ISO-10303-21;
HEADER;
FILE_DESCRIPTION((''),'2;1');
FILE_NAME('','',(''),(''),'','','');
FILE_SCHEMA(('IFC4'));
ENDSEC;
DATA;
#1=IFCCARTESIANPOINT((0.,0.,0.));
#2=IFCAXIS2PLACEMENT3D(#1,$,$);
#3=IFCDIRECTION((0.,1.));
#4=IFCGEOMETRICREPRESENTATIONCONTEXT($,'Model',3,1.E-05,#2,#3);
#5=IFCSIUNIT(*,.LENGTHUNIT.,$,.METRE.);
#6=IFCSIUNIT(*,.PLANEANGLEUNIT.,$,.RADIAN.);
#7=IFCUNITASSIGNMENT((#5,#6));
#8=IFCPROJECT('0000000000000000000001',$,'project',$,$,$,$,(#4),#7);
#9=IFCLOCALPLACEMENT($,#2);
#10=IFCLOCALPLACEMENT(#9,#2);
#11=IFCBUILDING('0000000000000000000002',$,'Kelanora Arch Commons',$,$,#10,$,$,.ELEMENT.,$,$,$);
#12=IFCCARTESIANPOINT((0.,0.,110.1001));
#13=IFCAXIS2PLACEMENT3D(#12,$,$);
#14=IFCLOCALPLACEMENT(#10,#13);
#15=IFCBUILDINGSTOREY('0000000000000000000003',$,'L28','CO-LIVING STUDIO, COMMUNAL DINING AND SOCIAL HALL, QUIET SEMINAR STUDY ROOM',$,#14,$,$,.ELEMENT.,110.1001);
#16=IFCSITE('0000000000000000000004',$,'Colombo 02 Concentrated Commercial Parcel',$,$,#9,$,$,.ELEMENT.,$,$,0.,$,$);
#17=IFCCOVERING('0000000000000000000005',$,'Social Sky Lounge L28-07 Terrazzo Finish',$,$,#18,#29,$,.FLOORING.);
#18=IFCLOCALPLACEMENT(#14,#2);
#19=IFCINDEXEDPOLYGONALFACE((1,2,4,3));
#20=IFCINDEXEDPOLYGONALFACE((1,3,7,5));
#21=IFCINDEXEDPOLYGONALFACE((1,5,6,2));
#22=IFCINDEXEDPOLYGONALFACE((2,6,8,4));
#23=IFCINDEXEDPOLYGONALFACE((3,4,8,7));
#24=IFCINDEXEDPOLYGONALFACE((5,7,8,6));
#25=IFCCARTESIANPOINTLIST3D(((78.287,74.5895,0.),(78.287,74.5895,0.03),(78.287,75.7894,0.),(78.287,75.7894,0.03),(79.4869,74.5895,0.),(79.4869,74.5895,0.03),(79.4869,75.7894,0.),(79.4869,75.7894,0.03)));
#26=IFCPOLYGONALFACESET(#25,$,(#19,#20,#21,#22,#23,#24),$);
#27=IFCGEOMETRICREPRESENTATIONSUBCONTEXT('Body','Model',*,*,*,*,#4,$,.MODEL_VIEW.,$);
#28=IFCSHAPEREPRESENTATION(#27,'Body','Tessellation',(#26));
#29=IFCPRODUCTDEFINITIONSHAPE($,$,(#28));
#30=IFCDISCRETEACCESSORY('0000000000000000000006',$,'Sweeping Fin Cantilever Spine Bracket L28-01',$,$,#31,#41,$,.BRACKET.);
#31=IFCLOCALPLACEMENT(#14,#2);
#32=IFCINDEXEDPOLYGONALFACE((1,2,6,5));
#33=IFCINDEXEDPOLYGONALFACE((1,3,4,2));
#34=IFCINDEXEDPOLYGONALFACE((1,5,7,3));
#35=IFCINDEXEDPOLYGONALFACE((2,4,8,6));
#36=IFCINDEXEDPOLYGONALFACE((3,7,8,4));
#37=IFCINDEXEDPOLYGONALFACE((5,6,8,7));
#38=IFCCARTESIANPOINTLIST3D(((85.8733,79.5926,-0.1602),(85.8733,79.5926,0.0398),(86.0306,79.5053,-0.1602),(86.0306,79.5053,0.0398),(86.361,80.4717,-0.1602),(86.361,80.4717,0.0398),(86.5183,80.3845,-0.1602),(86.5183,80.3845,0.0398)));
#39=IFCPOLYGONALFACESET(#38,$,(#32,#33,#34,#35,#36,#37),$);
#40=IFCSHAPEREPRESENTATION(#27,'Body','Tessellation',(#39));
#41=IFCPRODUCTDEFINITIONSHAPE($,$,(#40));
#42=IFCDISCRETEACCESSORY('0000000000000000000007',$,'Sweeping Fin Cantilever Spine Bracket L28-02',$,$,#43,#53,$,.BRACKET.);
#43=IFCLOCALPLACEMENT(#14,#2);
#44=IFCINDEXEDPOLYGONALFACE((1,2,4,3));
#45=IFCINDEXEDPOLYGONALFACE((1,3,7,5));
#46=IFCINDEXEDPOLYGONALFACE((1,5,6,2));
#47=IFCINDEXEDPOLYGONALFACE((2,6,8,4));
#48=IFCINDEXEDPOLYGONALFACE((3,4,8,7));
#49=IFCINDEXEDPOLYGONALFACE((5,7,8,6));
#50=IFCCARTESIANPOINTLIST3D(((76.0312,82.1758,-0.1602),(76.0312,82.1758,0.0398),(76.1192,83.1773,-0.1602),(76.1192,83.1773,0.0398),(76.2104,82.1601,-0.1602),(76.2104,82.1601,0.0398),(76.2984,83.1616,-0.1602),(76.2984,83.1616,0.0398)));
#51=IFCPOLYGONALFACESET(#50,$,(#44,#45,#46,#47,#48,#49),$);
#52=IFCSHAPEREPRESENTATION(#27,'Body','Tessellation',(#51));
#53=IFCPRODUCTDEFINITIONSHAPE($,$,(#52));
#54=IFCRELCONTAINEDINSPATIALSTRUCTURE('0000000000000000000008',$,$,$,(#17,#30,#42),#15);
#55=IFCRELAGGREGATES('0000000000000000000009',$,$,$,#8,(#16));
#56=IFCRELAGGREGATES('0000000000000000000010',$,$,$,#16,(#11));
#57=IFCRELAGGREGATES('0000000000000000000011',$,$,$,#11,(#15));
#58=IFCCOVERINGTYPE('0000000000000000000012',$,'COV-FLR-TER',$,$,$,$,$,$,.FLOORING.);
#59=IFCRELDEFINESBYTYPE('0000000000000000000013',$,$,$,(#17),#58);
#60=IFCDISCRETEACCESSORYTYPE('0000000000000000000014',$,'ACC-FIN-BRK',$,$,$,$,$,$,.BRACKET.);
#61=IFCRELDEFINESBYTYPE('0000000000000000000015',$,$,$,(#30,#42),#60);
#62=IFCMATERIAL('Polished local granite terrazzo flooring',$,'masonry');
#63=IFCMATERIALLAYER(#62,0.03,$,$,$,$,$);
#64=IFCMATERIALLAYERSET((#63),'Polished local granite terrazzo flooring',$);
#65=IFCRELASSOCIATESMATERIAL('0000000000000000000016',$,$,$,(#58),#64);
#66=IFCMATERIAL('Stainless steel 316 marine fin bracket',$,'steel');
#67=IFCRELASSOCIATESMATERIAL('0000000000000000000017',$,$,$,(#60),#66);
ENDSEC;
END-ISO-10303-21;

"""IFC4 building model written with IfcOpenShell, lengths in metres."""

from ifc_helpers import new_model, si_unit, direction, frame, origin, origin_2d, place, context, subcontext, project, spatial, rectangle, extrude, source, transform, mapped, material, layer, layer_set, type_object, element, save


model = new_model("IFC4")

# Units and contexts
model_context = context("Model", 3, precision=1e-05, world=origin(), true_north=direction((0.0, 1.0)))
body_context = subcontext(model_context, "Body", "Model", "MODEL_VIEW")
ifc_project = project(units=[si_unit("LENGTHUNIT", "METRE"), si_unit("PLANEANGLEUNIT", "RADIAN")], contexts=[model_context])

# Site, building, storey
site_placement = place(None, origin())
site = spatial("IfcSite", under=ifc_project, at=site_placement, Name="Colombo 02 Concentrated Commercial Parcel", CompositionType="ELEMENT", RefElevation=0.0)
building_placement = place(site_placement, origin())
building = spatial("IfcBuilding", under=site, at=building_placement, Name="Kelanora Arch Commons", CompositionType="ELEMENT")
storey_placement = place(building_placement, frame((0.0, 0.0, 110.1001)))
storey = spatial("IfcBuildingStorey", under=building, at=storey_placement, Name="L28", Description="CO-LIVING STUDIO, COMMUNAL DINING AND SOCIAL HALL, QUIET SEMINAR STUDY ROOM", CompositionType="ELEMENT", Elevation=110.1001)

# Covering
ifc_material_1 = material(Name="Polished local granite terrazzo flooring", Category="masonry")
ifc_layer_1 = layer(ifc_material_1, 0.03)
ifc_layer_set_1 = layer_set([ifc_layer_1], Name="Polished local granite terrazzo flooring")
covering_type = type_object("IfcCoveringType", Name="COV-FLR-TER", PredefinedType="FLOORING", material=ifc_layer_set_1)
shared_shape_1 = source(origin(), body_context, "Body", "SweptSolid", [
    extrude(rectangle(XDim=1.2, YDim=1.2, at=origin_2d()), origin(), (0.0, 0.0, 1.0), 0.03),
])
for number, where, z_axis, x_axis, name in (
    (1, (78.887, 75.1895, 0.0), (0.0, 0.0, 1.0), (1.0, 0.0, 0.0), "Social Sky Lounge L28-07 Terrazzo Finish"),
):
    element("IfcCovering", number, at=place(storey_placement, frame(where, z_axis=z_axis, x_axis=x_axis)), inside=storey, type_object=covering_type, Name=name, PredefinedType="FLOORING", context=body_context, shape_type="MappedRepresentation", body=[
        mapped(shared_shape_1, transform((0.0, 0.0, 0.0), scale=1.0)),
    ])

# Discrete accessories
ifc_material_2 = material(Name="Stainless steel 316 marine fin bracket", Category="steel")
discrete_accessory_type = type_object("IfcDiscreteAccessoryType", Name="ACC-FIN-BRK", PredefinedType="BRACKET", material=ifc_material_2)
shared_shape_2 = source(origin(), body_context, "Body", "SweptSolid", [
    extrude(rectangle(XDim=1.0054, YDim=0.1799, at=origin_2d()), origin(), (0.0, 0.0, 1.0), 0.2),
])
for number, where, z_axis, x_axis, name in (
    (2, (86.1958, 79.9885, -0.1602), (0.0, 0.0, 1.0), (0.485115, 0.87445, 0.0), "Sweeping Fin Cantilever Spine Bracket L28-01"),
    (3, (76.1648, 82.6687, -0.1602), (0.0, 0.0, 1.0), (0.087503, 0.996164, 0.0), "Sweeping Fin Cantilever Spine Bracket L28-02"),
):
    element("IfcDiscreteAccessory", number, at=place(storey_placement, frame(where, z_axis=z_axis, x_axis=x_axis)), inside=storey, type_object=discrete_accessory_type, Name=name, PredefinedType="BRACKET", context=body_context, shape_type="MappedRepresentation", body=[
        mapped(shared_shape_2, transform((0.0, 0.0, 0.0), scale=1.0)),
    ])

save(model, "model.ifc")
